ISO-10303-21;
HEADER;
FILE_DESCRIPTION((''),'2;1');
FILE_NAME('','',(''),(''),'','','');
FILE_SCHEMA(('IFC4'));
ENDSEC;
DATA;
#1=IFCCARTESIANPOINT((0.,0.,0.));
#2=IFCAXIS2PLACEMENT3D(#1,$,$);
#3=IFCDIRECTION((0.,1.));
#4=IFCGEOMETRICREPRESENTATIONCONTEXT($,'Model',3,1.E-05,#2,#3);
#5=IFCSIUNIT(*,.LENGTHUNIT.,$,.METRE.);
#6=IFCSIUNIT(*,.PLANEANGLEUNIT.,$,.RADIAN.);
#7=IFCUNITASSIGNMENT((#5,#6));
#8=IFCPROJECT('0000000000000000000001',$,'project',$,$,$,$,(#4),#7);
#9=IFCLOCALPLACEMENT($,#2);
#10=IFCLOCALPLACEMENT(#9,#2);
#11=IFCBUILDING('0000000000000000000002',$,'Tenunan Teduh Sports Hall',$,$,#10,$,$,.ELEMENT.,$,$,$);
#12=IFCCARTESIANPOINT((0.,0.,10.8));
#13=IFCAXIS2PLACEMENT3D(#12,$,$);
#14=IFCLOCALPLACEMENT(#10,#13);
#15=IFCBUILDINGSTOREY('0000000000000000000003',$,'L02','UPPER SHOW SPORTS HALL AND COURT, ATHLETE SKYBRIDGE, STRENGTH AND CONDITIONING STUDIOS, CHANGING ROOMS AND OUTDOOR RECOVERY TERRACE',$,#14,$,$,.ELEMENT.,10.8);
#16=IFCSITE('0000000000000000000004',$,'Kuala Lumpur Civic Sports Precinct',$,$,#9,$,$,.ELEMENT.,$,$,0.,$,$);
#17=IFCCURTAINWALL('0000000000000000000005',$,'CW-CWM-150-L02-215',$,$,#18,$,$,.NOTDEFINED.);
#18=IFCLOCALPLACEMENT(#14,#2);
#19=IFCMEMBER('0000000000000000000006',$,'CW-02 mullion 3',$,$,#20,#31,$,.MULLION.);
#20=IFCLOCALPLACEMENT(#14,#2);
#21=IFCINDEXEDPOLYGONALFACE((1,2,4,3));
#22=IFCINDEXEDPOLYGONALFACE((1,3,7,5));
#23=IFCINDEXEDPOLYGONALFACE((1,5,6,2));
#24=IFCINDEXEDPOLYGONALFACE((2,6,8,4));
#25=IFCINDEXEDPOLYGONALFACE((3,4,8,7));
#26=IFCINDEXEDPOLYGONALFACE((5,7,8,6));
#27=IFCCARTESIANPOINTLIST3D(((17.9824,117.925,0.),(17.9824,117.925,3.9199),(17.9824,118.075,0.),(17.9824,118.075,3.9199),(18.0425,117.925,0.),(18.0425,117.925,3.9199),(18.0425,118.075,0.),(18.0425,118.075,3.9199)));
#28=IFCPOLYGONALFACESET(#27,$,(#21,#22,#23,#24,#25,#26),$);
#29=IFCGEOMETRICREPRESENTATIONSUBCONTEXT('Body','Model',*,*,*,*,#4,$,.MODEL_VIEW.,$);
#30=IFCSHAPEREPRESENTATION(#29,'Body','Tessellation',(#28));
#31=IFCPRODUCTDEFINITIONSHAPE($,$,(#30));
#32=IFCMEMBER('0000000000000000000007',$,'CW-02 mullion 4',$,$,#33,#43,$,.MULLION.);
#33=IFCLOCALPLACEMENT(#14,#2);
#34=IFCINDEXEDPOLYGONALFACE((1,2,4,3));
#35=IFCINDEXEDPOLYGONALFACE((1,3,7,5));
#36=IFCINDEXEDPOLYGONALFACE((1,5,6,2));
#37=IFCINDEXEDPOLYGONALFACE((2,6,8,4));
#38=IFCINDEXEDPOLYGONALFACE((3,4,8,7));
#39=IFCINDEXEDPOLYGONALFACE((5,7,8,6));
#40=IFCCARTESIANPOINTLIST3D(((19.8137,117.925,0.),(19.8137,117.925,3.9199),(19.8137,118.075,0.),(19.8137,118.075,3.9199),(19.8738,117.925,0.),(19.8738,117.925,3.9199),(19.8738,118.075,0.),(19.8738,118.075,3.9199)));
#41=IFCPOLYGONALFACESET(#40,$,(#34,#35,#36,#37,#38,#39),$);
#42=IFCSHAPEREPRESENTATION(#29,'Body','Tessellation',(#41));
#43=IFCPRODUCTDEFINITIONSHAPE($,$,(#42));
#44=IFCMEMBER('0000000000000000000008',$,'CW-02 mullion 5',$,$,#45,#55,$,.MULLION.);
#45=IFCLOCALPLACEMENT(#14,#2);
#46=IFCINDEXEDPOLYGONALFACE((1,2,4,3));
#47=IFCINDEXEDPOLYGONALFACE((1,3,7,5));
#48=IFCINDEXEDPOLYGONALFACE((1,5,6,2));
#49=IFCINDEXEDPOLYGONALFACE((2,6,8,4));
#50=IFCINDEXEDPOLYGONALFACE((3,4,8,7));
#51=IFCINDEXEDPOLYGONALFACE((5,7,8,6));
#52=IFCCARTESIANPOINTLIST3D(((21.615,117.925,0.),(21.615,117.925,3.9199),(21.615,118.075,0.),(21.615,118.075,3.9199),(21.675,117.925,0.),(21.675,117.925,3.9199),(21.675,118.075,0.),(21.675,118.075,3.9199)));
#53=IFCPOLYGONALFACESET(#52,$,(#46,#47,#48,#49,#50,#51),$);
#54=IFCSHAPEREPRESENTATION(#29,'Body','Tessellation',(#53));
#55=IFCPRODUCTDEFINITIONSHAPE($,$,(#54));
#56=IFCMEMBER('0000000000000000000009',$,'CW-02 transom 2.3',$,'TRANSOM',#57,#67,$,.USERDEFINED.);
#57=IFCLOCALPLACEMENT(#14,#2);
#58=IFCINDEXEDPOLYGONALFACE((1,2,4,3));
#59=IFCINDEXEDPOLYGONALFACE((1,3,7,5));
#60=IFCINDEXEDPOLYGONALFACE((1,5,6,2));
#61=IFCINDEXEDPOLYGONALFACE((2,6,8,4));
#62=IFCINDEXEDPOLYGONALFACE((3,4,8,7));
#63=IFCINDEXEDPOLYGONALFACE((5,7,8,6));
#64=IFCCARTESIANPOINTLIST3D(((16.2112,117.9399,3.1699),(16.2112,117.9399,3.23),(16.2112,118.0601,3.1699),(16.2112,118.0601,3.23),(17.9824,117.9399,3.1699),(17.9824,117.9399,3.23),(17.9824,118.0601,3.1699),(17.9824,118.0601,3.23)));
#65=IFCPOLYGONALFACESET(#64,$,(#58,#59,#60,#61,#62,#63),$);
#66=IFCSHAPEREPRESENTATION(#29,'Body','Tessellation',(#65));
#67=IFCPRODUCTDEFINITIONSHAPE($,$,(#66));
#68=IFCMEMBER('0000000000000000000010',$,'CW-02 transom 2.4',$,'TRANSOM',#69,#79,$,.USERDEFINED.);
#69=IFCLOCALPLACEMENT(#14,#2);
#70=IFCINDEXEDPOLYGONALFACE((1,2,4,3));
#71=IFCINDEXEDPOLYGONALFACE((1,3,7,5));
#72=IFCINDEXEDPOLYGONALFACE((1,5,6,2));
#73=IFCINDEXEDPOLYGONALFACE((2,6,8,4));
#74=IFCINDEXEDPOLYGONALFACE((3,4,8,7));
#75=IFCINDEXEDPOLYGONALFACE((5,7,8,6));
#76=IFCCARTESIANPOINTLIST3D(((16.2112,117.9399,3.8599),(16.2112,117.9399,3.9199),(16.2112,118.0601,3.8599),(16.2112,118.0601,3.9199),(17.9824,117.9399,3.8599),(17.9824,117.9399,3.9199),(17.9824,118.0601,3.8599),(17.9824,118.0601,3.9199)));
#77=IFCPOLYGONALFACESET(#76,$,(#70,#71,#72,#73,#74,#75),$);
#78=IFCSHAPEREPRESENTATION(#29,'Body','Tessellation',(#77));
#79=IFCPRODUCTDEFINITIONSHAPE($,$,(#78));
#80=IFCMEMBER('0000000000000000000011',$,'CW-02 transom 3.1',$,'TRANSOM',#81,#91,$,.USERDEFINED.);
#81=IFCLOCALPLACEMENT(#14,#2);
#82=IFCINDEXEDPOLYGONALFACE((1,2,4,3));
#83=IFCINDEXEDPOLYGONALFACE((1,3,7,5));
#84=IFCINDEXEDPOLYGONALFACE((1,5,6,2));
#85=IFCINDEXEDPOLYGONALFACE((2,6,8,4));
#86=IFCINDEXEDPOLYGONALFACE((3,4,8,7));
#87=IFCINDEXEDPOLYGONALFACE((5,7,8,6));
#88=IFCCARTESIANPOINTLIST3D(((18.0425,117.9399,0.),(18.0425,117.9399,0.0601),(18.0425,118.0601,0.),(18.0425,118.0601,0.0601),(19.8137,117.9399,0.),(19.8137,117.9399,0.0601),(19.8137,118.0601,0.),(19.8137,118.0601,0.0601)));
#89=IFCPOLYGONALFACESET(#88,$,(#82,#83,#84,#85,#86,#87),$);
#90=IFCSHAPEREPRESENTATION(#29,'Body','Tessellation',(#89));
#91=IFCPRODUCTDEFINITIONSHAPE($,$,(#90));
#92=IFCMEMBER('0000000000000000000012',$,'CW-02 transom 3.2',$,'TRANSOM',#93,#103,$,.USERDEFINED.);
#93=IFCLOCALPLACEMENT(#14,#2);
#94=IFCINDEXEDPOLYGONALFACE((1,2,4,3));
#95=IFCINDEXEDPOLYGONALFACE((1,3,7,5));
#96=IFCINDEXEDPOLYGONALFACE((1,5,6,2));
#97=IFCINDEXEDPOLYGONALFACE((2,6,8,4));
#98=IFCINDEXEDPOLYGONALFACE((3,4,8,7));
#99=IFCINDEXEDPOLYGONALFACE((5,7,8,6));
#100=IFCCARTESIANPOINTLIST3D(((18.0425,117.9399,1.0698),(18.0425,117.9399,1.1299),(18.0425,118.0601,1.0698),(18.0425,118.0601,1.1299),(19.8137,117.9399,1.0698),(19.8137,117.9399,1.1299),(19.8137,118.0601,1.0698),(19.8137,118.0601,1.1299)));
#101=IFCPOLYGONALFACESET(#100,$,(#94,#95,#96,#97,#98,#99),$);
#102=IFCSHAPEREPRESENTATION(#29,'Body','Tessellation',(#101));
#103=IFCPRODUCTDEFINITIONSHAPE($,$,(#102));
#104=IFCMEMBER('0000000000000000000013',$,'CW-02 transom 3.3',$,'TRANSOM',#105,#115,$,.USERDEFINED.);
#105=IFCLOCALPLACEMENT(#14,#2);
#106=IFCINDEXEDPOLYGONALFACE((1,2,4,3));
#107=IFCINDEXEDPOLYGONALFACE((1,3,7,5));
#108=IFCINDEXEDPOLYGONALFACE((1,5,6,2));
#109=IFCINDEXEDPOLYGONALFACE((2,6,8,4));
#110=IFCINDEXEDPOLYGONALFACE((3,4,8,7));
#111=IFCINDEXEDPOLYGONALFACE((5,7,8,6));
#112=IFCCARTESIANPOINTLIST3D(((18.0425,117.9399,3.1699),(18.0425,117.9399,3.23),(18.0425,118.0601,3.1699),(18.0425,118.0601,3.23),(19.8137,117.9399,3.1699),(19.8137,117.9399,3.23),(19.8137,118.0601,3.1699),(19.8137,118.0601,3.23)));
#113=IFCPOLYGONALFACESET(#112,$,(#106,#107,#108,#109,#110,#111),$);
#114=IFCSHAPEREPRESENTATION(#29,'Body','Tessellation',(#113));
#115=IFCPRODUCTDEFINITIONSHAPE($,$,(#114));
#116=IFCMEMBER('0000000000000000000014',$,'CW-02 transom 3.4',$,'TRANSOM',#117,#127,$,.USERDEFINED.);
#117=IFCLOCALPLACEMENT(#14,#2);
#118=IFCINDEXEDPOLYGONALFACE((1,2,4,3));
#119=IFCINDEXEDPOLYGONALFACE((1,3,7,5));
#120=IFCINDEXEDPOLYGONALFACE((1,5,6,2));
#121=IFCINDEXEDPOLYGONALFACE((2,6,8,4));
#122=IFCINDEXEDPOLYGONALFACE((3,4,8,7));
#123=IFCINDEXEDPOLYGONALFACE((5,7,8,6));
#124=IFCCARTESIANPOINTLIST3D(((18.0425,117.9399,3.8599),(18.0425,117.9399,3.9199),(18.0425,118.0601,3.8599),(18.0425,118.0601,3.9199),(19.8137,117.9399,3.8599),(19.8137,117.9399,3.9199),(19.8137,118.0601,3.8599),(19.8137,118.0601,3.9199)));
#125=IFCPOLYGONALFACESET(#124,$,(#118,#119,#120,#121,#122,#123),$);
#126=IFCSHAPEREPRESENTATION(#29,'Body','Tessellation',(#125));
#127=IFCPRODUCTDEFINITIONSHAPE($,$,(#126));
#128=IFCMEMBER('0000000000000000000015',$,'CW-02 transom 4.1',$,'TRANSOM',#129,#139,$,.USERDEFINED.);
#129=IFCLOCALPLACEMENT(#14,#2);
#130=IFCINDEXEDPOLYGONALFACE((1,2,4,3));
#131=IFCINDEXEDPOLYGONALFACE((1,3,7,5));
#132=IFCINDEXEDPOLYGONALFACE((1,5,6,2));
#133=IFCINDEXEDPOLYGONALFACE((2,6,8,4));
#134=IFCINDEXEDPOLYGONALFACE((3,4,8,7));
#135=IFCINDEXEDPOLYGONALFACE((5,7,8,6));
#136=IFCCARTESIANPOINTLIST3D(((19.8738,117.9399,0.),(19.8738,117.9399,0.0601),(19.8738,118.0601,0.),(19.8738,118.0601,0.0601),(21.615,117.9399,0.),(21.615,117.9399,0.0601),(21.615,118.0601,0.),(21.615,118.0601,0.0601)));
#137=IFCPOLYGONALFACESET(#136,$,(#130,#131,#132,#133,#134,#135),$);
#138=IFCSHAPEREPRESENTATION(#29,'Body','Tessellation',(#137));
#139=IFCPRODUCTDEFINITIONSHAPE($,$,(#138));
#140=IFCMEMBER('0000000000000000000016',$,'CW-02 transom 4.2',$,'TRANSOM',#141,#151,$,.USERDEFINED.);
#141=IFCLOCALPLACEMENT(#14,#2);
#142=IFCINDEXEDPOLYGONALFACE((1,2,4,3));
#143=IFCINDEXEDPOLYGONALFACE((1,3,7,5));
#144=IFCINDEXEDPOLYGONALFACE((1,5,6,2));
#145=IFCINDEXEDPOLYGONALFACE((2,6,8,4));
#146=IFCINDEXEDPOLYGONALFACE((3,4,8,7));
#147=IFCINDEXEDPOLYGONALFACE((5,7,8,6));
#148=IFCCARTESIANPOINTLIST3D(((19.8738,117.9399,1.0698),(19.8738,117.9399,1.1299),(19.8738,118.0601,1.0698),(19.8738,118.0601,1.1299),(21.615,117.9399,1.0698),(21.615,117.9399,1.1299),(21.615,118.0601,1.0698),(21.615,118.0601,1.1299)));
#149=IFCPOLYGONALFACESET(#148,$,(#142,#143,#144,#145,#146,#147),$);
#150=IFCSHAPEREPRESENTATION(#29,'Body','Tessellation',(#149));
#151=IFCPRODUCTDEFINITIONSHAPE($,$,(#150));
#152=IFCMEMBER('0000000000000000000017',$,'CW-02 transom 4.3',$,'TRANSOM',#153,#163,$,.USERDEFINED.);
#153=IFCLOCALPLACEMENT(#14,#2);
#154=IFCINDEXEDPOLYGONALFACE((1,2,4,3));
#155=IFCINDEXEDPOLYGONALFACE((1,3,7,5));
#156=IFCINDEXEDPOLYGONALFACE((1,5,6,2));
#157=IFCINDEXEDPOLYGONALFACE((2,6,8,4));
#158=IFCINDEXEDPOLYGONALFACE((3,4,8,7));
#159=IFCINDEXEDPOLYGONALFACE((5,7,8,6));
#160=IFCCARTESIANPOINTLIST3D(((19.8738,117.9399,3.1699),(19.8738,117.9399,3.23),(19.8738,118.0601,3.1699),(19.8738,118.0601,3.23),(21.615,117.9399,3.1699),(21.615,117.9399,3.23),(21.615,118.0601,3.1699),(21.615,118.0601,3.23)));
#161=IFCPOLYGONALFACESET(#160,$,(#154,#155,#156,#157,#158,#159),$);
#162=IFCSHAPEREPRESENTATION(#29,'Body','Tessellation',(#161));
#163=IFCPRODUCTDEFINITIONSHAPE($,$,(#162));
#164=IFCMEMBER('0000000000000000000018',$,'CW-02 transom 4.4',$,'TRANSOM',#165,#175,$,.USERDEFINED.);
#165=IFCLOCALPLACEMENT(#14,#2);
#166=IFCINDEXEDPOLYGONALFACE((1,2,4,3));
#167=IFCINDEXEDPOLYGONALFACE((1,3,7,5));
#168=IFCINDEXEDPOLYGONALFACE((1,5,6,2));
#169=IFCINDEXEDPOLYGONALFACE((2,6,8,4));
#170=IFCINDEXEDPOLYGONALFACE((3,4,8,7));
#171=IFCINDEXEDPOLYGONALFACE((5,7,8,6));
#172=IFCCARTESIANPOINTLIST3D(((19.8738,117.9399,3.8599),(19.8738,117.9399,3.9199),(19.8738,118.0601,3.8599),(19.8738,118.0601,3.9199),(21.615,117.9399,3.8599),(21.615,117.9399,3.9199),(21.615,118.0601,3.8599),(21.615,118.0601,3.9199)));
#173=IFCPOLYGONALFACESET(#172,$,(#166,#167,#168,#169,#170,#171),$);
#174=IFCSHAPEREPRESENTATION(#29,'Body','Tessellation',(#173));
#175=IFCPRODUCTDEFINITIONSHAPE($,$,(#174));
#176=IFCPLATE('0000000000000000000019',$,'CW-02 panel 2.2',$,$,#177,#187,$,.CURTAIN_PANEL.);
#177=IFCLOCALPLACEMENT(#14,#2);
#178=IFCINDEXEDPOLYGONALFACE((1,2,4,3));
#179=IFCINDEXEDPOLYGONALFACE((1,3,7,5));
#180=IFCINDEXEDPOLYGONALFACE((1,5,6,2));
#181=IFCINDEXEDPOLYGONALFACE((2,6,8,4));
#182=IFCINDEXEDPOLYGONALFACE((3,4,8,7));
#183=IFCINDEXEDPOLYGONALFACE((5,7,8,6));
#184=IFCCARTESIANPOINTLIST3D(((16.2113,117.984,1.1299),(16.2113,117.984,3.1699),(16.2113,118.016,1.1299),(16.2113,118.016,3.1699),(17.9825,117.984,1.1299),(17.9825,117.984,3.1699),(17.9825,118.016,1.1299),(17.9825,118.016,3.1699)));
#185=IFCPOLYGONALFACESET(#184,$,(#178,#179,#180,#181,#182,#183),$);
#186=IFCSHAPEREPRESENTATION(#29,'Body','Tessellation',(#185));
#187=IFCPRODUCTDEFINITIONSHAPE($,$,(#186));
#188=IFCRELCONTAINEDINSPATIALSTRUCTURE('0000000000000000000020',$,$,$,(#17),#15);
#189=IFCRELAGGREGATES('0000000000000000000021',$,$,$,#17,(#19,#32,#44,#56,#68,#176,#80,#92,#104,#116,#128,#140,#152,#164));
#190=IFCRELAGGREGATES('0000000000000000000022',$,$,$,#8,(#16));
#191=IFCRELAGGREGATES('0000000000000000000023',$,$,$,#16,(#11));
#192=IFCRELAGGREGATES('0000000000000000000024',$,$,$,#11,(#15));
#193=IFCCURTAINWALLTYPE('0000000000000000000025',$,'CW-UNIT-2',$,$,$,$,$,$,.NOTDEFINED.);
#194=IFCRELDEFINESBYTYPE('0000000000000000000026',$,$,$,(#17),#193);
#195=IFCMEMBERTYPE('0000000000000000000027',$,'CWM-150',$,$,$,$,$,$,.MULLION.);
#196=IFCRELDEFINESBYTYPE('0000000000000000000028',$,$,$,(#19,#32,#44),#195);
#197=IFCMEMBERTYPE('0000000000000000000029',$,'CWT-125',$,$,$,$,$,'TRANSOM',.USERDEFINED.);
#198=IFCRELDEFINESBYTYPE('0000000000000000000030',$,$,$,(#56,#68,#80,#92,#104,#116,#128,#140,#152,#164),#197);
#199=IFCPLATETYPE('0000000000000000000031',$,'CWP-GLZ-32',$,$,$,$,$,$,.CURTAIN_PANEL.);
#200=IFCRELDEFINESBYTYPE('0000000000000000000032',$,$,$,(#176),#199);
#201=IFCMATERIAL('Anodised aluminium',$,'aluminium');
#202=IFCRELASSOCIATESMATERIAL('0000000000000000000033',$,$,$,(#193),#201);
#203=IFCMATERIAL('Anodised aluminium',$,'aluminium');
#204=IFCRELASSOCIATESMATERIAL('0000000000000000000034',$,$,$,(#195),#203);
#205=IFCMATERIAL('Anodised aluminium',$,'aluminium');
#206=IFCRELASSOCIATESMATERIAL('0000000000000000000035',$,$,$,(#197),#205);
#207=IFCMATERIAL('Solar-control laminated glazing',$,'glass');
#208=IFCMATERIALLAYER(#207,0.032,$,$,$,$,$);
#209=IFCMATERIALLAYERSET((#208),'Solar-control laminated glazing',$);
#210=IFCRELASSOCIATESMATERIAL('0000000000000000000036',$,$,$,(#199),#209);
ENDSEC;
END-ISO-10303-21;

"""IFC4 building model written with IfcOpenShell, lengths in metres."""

from ifc_helpers import new_model, si_unit, direction, frame, origin, origin_2d, place, context, subcontext, project, spatial, rectangle, extrude, material, layer, layer_set, material_profile, profile_set, type_object, element, aggregate, save


model = new_model("IFC4")

# Units and contexts
model_context = context("Model", 3, precision=1e-05, world=origin(), true_north=direction((0.0, 1.0)))
body_context = subcontext(model_context, "Body", "Model", "MODEL_VIEW")
ifc_project = project(units=[si_unit("LENGTHUNIT", "METRE"), si_unit("PLANEANGLEUNIT", "RADIAN")], contexts=[model_context])

# Site, building, storey
site_placement = place(None, origin())
site = spatial("IfcSite", under=ifc_project, at=site_placement, Name="Kuala Lumpur Civic Sports Precinct", CompositionType="ELEMENT", RefElevation=0.0)
building_placement = place(site_placement, origin())
building = spatial("IfcBuilding", under=site, at=building_placement, Name="Tenunan Teduh Sports Hall", CompositionType="ELEMENT")
storey_placement = place(building_placement, frame((0.0, 0.0, 10.8)))
storey = spatial("IfcBuildingStorey", under=building, at=storey_placement, Name="L02", Description="UPPER SHOW SPORTS HALL AND COURT, ATHLETE SKYBRIDGE, STRENGTH AND CONDITIONING STUDIOS, CHANGING ROOMS AND OUTDOOR RECOVERY TERRACE", CompositionType="ELEMENT", Elevation=10.8)

# Curtain wall, members, plate
ifc_material_1 = material(Name="Anodised aluminium", Category="aluminium")
curtain_wall_type = type_object("IfcCurtainWallType", Name="CW-UNIT-2", PredefinedType="NOTDEFINED", material=ifc_material_1)
curtain_wall_placement = place(storey_placement, origin())
curtain_wall = element("IfcCurtainWall", 1, at=curtain_wall_placement, inside=storey, type_object=curtain_wall_type, Name="CW-CWM-150-L02-215", PredefinedType="NOTDEFINED")
ifc_material_2 = material(Name="Anodised aluminium", Category="aluminium")
ifc_material_profile_1 = material_profile(ifc_material_2, rectangle(XDim=0.0601, YDim=0.1499, at=origin_2d()), Name="CWM 60x150")
ifc_profile_set_1 = profile_set([ifc_material_profile_1], Name="Anodised aluminium")
member_type_1 = type_object("IfcMemberType", Name="CWM-150", PredefinedType="MULLION", material=ifc_profile_set_1)
member_1_placement = place(storey_placement, frame((18.0125, 118.0, 0.0), z_axis=(0.0, 0.0, 1.0), x_axis=(1.0, 0.0, 0.0)))
member_1 = element("IfcMember", 2, at=member_1_placement, type_object=member_type_1, Name="CW-02 mullion 3", PredefinedType="MULLION", context=body_context, shape_type="SweptSolid", body=[
    extrude(rectangle(XDim=0.0601, YDim=0.1499, at=origin_2d()), origin(), (0.0, 0.0, 1.0), 3.9199),
])
member_2_placement = place(storey_placement, frame((19.8438, 118.0, 0.0), z_axis=(0.0, 0.0, 1.0), x_axis=(1.0, 0.0, 0.0)))
member_2 = element("IfcMember", 3, at=member_2_placement, type_object=member_type_1, Name="CW-02 mullion 4", PredefinedType="MULLION", context=body_context, shape_type="SweptSolid", body=[
    extrude(rectangle(XDim=0.0601, YDim=0.1499, at=origin_2d()), origin(), (0.0, 0.0, 1.0), 3.9199),
])
member_3_placement = place(storey_placement, frame((21.645, 118.0, 0.0), z_axis=(0.0, 0.0, 1.0), x_axis=(1.0, 0.0, 0.0)))
member_3 = element("IfcMember", 4, at=member_3_placement, type_object=member_type_1, Name="CW-02 mullion 5", PredefinedType="MULLION", context=body_context, shape_type="SweptSolid", body=[
    extrude(rectangle(XDim=0.0601, YDim=0.1499, at=origin_2d()), origin(), (0.0, 0.0, 1.0), 3.9199),
])
ifc_material_3 = material(Name="Anodised aluminium", Category="aluminium")
ifc_material_profile_2 = material_profile(ifc_material_3, rectangle(XDim=0.0601, YDim=0.1201, at=origin_2d()), Name="CWT 60x120")
ifc_profile_set_2 = profile_set([ifc_material_profile_2], Name="Anodised aluminium")
member_type_2 = type_object("IfcMemberType", Name="CWT-125", ElementType="TRANSOM", PredefinedType="USERDEFINED", material=ifc_profile_set_2)
member_4_placement = place(storey_placement, frame((16.2112, 118.0, 3.2), z_axis=(1.0, 0.0, 0.0), x_axis=(0.0, 0.0, 1.0)))
member_4 = element("IfcMember", 5, at=member_4_placement, type_object=member_type_2, Name="CW-02 transom 2.3", ObjectType="TRANSOM", PredefinedType="USERDEFINED", context=body_context, shape_type="SweptSolid", body=[
    extrude(rectangle(XDim=0.0601, YDim=0.1201, at=origin_2d()), origin(), (0.0, 0.0, 1.0), 1.7712),
])
member_5_placement = place(storey_placement, frame((16.2112, 118.0, 3.8899), z_axis=(1.0, 0.0, 0.0), x_axis=(0.0, 0.0, 1.0)))
member_5 = element("IfcMember", 6, at=member_5_placement, type_object=member_type_2, Name="CW-02 transom 2.4", ObjectType="TRANSOM", PredefinedType="USERDEFINED", context=body_context, shape_type="SweptSolid", body=[
    extrude(rectangle(XDim=0.0601, YDim=0.1201, at=origin_2d()), origin(), (0.0, 0.0, 1.0), 1.7712),
])
member_6_placement = place(storey_placement, frame((18.0425, 118.0, 0.03), z_axis=(1.0, 0.0, 0.0), x_axis=(0.0, 0.0, 1.0)))
member_6 = element("IfcMember", 7, at=member_6_placement, type_object=member_type_2, Name="CW-02 transom 3.1", ObjectType="TRANSOM", PredefinedType="USERDEFINED", context=body_context, shape_type="SweptSolid", body=[
    extrude(rectangle(XDim=0.0601, YDim=0.1201, at=origin_2d()), origin(), (0.0, 0.0, 1.0), 1.7712),
])
member_7_placement = place(storey_placement, frame((18.0425, 118.0, 1.0999), z_axis=(1.0, 0.0, 0.0), x_axis=(0.0, 0.0, 1.0)))
member_7 = element("IfcMember", 8, at=member_7_placement, type_object=member_type_2, Name="CW-02 transom 3.2", ObjectType="TRANSOM", PredefinedType="USERDEFINED", context=body_context, shape_type="SweptSolid", body=[
    extrude(rectangle(XDim=0.0601, YDim=0.1201, at=origin_2d()), origin(), (0.0, 0.0, 1.0), 1.7712),
])
member_8_placement = place(storey_placement, frame((18.0425, 118.0, 3.2), z_axis=(1.0, 0.0, 0.0), x_axis=(0.0, 0.0, 1.0)))
member_8 = element("IfcMember", 9, at=member_8_placement, type_object=member_type_2, Name="CW-02 transom 3.3", ObjectType="TRANSOM", PredefinedType="USERDEFINED", context=body_context, shape_type="SweptSolid", body=[
    extrude(rectangle(XDim=0.0601, YDim=0.1201, at=origin_2d()), origin(), (0.0, 0.0, 1.0), 1.7712),
])
member_9_placement = place(storey_placement, frame((18.0425, 118.0, 3.8899), z_axis=(1.0, 0.0, 0.0), x_axis=(0.0, 0.0, 1.0)))
member_9 = element("IfcMember", 10, at=member_9_placement, type_object=member_type_2, Name="CW-02 transom 3.4", ObjectType="TRANSOM", PredefinedType="USERDEFINED", context=body_context, shape_type="SweptSolid", body=[
    extrude(rectangle(XDim=0.0601, YDim=0.1201, at=origin_2d()), origin(), (0.0, 0.0, 1.0), 1.7712),
])
member_10_placement = place(storey_placement, frame((19.8738, 118.0, 0.03), z_axis=(1.0, 0.0, 0.0), x_axis=(0.0, 0.0, 1.0)))
member_10 = element("IfcMember", 11, at=member_10_placement, type_object=member_type_2, Name="CW-02 transom 4.1", ObjectType="TRANSOM", PredefinedType="USERDEFINED", context=body_context, shape_type="SweptSolid", body=[
    extrude(rectangle(XDim=0.0601, YDim=0.1201, at=origin_2d()), origin(), (0.0, 0.0, 1.0), 1.7412),
])
member_11_placement = place(storey_placement, frame((19.8738, 118.0, 1.0999), z_axis=(1.0, 0.0, 0.0), x_axis=(0.0, 0.0, 1.0)))
member_11 = element("IfcMember", 12, at=member_11_placement, type_object=member_type_2, Name="CW-02 transom 4.2", ObjectType="TRANSOM", PredefinedType="USERDEFINED", context=body_context, shape_type="SweptSolid", body=[
    extrude(rectangle(XDim=0.0601, YDim=0.1201, at=origin_2d()), origin(), (0.0, 0.0, 1.0), 1.7412),
])
member_12_placement = place(storey_placement, frame((19.8738, 118.0, 3.2), z_axis=(1.0, 0.0, 0.0), x_axis=(0.0, 0.0, 1.0)))
member_12 = element("IfcMember", 13, at=member_12_placement, type_object=member_type_2, Name="CW-02 transom 4.3", ObjectType="TRANSOM", PredefinedType="USERDEFINED", context=body_context, shape_type="SweptSolid", body=[
    extrude(rectangle(XDim=0.0601, YDim=0.1201, at=origin_2d()), origin(), (0.0, 0.0, 1.0), 1.7412),
])
member_13_placement = place(storey_placement, frame((19.8738, 118.0, 3.8899), z_axis=(1.0, 0.0, 0.0), x_axis=(0.0, 0.0, 1.0)))
member_13 = element("IfcMember", 14, at=member_13_placement, type_object=member_type_2, Name="CW-02 transom 4.4", ObjectType="TRANSOM", PredefinedType="USERDEFINED", context=body_context, shape_type="SweptSolid", body=[
    extrude(rectangle(XDim=0.0601, YDim=0.1201, at=origin_2d()), origin(), (0.0, 0.0, 1.0), 1.7412),
])
ifc_material_4 = material(Name="Solar-control laminated glazing", Category="glass")
ifc_layer_1 = layer(ifc_material_4, 0.032)
ifc_layer_set_1 = layer_set([ifc_layer_1], Name="Solar-control laminated glazing")
plate_type_1 = type_object("IfcPlateType", Name="CWP-GLZ-32", PredefinedType="CURTAIN_PANEL", material=ifc_layer_set_1)
plate_1_placement = place(storey_placement, frame((17.0969, 118.0, 1.1299), z_axis=(0.0, 0.0, 1.0), x_axis=(1.0, 0.0, 0.0)))
plate_1 = element("IfcPlate", 15, at=plate_1_placement, type_object=plate_type_1, Name="CW-02 panel 2.2", PredefinedType="CURTAIN_PANEL", context=body_context, shape_type="SweptSolid", body=[
    extrude(rectangle(XDim=1.7712, YDim=0.032, at=origin_2d()), origin(), (0.0, 0.0, 1.0), 2.04),
])
aggregate(curtain_wall, [member_1, member_2, member_3, member_4, member_5, plate_1, member_6, member_7, member_8, member_9, member_10, member_11, member_12, member_13])

save(model, "model.ifc")
